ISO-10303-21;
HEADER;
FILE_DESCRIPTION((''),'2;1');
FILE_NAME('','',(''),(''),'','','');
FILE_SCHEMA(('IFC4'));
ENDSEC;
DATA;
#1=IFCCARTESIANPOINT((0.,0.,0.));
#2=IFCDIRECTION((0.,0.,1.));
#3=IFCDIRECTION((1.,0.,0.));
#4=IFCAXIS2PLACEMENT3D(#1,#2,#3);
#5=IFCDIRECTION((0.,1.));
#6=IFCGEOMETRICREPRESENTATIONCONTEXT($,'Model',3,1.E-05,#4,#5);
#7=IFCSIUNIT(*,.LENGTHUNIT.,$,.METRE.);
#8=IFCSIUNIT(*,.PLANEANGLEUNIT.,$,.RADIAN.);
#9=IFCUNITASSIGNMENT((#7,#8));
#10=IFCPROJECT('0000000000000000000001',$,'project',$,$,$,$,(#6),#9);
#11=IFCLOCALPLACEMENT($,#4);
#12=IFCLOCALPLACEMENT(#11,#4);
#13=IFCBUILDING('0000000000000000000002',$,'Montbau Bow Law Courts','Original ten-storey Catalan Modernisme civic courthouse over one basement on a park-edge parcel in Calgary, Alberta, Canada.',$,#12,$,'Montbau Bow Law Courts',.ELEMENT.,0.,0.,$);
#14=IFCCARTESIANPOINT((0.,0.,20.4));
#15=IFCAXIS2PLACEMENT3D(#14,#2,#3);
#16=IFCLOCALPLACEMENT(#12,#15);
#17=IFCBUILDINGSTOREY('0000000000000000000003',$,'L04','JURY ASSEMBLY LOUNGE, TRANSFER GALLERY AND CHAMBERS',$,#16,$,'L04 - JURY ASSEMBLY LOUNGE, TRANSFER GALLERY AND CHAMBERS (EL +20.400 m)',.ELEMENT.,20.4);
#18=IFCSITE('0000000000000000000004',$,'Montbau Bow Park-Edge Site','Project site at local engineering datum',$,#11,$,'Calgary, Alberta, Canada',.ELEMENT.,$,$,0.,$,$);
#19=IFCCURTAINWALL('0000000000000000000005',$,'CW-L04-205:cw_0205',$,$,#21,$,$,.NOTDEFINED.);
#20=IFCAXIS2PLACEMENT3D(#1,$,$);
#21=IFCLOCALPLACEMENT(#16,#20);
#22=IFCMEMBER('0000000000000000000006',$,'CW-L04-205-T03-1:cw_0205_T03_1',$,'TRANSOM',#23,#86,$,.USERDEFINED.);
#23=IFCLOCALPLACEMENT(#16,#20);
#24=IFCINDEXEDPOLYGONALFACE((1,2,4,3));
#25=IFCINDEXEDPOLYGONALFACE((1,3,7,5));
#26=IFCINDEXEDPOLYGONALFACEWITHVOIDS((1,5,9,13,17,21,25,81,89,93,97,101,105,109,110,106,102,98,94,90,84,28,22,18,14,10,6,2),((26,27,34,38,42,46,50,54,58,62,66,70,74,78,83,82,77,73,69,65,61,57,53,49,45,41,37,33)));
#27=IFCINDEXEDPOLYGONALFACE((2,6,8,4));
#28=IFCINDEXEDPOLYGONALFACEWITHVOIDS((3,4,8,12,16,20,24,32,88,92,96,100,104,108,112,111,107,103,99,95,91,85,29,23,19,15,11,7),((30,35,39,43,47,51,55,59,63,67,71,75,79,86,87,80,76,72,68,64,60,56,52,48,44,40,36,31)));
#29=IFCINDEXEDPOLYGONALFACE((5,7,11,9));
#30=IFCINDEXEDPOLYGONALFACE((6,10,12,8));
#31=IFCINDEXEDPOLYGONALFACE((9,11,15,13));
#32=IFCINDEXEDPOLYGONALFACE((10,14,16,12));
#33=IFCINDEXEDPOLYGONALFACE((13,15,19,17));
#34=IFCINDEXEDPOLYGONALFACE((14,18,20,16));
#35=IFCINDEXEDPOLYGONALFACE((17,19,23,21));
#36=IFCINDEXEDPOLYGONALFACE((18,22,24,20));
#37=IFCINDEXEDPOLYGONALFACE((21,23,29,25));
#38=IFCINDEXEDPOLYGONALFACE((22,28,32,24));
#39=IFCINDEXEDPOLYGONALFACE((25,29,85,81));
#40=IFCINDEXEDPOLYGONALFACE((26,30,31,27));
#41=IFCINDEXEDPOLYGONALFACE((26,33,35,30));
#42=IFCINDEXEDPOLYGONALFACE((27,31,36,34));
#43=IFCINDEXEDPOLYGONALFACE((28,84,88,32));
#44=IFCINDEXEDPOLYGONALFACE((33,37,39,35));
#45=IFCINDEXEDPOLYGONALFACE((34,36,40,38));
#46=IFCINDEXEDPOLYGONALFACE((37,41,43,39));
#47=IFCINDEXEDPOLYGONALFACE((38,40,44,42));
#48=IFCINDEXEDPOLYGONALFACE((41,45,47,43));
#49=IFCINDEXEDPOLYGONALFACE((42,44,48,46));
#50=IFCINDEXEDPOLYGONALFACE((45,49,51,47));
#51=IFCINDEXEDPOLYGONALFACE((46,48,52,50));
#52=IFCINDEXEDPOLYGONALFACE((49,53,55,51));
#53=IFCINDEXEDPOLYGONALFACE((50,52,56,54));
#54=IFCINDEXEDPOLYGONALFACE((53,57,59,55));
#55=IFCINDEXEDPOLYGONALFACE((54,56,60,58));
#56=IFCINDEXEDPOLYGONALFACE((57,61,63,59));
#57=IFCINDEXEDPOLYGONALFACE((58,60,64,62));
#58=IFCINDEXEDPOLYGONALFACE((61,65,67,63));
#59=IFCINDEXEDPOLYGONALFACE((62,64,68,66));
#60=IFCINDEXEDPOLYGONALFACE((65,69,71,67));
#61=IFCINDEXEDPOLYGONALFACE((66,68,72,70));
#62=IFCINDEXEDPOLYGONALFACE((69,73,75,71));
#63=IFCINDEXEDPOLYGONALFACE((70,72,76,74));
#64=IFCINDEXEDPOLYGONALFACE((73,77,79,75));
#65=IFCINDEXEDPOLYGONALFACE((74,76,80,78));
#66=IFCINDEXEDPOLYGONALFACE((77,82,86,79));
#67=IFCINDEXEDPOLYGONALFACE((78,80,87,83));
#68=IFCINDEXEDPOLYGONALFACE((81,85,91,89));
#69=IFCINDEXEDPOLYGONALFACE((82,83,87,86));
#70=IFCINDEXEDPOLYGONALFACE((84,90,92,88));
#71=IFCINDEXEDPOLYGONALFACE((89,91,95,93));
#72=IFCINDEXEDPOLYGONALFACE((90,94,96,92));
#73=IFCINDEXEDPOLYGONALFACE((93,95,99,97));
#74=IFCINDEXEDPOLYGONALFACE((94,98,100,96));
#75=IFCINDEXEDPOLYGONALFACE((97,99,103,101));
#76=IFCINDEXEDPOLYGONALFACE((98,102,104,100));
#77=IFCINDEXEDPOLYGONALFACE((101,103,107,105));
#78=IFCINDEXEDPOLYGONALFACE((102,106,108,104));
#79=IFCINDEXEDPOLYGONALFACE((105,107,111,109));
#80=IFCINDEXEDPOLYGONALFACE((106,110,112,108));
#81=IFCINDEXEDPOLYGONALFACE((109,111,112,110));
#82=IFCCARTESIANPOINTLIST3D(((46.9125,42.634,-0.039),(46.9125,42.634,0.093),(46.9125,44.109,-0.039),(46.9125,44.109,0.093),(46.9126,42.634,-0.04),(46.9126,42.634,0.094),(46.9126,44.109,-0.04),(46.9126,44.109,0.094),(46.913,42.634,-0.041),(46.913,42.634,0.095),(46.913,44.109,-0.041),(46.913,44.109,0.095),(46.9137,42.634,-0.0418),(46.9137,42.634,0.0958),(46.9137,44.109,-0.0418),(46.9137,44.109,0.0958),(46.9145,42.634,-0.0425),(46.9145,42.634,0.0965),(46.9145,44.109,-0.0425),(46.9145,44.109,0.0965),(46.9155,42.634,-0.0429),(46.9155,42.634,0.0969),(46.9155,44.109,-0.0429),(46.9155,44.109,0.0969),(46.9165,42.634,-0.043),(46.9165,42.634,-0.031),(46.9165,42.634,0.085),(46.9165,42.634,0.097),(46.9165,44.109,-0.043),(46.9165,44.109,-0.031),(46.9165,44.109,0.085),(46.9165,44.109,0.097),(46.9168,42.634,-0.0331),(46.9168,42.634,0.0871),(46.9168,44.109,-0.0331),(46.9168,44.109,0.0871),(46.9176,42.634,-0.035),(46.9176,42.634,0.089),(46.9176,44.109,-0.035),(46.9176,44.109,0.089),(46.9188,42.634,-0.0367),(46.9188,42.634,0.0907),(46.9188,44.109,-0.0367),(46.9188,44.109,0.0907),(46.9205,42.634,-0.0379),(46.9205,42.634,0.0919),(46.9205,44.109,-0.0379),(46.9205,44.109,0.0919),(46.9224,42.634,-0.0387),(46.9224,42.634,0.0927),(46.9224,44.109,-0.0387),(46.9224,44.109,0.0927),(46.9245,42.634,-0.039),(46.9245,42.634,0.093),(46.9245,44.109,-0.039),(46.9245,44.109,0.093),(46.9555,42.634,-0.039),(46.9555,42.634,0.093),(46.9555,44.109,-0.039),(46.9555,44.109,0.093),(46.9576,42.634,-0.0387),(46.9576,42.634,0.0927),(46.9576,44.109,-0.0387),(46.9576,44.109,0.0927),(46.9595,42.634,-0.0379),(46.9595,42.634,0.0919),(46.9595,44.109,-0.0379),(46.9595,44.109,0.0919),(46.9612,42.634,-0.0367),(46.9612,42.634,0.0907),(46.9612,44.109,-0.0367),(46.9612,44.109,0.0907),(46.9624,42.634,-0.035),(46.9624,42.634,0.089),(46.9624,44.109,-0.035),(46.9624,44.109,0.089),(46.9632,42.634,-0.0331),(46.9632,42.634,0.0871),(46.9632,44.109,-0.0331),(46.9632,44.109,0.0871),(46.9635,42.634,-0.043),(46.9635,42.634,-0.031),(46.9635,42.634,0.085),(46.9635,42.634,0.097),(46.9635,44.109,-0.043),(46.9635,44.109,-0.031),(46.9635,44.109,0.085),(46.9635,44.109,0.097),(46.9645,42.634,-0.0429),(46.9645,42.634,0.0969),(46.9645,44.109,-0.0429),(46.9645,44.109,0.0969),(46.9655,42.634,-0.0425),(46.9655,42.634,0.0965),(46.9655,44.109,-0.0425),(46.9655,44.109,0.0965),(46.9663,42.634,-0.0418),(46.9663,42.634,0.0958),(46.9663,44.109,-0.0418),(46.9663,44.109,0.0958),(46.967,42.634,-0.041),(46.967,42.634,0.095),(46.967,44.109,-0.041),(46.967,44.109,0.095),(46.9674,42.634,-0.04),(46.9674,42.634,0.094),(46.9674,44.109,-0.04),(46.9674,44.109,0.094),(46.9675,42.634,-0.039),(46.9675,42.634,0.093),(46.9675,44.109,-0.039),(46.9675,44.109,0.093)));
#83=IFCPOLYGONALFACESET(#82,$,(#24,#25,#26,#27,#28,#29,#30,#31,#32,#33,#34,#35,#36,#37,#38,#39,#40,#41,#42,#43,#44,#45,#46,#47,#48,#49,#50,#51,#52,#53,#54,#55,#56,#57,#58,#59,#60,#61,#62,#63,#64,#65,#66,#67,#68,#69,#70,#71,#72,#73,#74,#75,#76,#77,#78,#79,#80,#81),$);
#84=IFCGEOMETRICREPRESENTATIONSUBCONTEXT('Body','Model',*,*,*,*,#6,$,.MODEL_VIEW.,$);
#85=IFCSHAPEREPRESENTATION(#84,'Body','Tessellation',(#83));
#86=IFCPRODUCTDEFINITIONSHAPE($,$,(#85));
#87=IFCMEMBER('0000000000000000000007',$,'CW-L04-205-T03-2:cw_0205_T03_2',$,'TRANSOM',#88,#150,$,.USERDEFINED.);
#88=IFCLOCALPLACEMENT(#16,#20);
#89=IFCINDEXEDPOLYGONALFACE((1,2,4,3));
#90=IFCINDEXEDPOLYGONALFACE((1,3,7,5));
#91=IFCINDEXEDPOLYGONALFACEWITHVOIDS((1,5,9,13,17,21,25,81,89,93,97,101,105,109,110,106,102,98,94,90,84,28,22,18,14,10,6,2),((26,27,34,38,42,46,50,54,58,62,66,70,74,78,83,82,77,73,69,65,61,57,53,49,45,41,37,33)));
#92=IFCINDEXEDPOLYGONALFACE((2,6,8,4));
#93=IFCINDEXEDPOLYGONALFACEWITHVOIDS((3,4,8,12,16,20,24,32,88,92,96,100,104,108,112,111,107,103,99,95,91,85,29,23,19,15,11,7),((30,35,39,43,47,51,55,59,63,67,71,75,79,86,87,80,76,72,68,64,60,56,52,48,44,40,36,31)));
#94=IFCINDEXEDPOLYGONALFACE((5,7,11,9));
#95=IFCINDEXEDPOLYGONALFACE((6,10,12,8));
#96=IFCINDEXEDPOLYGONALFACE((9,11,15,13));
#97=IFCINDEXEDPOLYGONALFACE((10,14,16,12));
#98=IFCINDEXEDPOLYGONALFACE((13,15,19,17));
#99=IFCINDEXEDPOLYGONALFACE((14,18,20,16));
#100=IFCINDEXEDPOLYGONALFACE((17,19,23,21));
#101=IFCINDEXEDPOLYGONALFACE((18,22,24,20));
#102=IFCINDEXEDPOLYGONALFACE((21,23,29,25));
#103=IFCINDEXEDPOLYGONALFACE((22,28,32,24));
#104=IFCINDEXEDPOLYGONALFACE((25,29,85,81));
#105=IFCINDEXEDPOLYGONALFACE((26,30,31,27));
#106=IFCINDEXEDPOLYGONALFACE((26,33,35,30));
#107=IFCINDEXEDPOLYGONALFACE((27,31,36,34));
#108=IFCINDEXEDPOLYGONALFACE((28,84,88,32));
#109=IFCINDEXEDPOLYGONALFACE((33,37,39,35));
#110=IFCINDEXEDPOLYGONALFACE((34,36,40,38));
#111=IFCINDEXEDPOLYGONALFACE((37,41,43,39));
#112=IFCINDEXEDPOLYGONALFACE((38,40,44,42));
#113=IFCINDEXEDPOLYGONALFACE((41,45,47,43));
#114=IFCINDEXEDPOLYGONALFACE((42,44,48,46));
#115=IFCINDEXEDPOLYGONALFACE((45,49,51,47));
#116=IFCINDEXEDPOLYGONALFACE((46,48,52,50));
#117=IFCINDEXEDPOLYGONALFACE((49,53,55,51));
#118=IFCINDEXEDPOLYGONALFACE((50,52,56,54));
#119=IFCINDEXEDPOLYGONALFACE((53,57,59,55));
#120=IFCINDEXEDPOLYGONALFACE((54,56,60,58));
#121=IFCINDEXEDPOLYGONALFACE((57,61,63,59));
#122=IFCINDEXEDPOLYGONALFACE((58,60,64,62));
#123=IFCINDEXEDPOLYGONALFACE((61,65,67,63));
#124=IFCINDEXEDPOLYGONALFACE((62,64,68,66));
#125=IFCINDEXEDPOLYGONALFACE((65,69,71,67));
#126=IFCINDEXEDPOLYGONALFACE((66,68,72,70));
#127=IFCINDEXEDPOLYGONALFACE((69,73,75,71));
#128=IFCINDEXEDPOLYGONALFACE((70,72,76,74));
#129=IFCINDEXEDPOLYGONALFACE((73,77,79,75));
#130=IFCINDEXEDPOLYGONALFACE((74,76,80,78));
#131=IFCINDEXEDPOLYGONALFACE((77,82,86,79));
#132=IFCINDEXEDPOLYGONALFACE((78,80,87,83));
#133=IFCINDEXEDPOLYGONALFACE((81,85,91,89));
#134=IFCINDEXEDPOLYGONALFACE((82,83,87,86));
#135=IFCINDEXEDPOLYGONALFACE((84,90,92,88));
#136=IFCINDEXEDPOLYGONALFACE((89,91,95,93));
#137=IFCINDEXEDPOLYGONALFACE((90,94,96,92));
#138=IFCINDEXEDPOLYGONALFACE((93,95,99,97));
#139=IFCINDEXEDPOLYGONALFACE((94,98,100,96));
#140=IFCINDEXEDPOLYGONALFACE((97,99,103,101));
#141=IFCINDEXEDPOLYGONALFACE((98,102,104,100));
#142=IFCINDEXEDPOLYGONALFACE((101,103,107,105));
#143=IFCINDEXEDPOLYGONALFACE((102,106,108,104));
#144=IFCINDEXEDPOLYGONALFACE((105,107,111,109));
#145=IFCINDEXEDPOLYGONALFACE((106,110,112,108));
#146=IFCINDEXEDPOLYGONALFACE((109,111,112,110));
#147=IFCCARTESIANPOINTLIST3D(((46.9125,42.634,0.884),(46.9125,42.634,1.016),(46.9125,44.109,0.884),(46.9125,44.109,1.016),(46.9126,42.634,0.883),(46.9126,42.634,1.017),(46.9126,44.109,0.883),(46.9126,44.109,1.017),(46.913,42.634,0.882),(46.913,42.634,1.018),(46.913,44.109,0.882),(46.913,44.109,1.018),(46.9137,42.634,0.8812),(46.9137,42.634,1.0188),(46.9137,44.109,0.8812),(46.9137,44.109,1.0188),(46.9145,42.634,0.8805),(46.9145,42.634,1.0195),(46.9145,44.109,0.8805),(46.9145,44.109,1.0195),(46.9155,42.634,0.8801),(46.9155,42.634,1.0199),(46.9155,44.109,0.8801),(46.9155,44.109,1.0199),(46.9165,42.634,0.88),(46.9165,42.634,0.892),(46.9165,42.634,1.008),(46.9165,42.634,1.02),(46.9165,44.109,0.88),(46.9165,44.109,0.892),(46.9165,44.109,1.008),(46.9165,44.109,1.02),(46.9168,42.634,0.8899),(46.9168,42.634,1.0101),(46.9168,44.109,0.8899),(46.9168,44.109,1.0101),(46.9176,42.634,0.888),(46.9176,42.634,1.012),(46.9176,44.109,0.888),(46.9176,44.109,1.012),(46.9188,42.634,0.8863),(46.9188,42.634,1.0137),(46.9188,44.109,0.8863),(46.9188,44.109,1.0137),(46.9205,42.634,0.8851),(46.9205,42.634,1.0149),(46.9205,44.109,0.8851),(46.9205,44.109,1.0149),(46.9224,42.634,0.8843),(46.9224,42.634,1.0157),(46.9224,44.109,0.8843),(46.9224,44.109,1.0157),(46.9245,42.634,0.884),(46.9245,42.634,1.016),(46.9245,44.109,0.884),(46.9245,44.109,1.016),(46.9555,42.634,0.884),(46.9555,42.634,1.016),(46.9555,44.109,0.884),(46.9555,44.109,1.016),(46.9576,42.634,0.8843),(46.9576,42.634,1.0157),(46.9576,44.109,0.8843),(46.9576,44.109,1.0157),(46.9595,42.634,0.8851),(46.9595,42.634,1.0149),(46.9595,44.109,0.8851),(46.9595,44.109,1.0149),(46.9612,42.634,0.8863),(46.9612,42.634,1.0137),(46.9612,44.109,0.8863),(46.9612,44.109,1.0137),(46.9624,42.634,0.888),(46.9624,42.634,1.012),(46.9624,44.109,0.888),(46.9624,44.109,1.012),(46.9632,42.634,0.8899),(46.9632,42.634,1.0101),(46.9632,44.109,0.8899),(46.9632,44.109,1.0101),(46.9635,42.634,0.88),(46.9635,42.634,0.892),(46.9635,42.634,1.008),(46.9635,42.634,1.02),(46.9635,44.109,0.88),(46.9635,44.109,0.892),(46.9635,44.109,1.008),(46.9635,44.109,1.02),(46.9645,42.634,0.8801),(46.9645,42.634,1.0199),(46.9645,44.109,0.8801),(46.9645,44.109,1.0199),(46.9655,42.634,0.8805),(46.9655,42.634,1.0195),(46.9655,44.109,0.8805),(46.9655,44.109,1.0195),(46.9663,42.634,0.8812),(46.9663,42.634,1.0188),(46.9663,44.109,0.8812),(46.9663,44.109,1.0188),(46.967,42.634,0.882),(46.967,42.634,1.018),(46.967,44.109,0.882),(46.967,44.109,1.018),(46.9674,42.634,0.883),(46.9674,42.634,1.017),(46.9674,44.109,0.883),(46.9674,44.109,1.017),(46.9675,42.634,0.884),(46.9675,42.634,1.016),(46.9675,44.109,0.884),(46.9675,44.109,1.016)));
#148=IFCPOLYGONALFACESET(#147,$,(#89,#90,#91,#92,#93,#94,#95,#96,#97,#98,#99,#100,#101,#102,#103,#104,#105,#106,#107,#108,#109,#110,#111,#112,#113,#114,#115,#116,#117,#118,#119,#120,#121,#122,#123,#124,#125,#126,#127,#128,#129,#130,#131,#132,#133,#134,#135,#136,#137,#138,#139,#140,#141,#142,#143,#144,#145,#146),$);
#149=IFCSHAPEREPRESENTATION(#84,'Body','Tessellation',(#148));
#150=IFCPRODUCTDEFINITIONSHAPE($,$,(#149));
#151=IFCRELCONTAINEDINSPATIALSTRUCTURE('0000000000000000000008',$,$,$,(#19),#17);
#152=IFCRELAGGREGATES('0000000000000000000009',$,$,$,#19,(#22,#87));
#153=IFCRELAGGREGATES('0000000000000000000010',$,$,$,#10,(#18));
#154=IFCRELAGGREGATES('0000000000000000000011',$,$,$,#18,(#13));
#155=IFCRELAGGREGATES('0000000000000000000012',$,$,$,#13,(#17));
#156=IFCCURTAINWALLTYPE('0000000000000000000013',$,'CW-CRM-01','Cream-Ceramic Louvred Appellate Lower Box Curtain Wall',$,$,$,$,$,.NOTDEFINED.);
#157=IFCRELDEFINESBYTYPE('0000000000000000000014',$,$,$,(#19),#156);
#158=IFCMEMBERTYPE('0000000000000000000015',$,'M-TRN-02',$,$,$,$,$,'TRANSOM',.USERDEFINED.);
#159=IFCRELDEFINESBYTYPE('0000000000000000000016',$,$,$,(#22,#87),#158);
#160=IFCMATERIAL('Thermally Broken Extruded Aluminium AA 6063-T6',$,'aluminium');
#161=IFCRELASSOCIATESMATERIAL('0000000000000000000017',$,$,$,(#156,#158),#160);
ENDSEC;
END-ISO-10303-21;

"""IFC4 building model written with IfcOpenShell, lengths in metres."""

from ifc_helpers import new_model, si_unit, direction, frame, origin_with_axes, origin_2d_with_axis, place, context, subcontext, project, spatial, hollow_rectangle, extrude, material, material_profile, profile_set, type_object, element, aggregate, save


model = new_model("IFC4")

# Units and contexts
model_context = context("Model", 3, precision=1e-05, world=origin_with_axes(), true_north=direction((0.0, 1.0)))
body_context = subcontext(model_context, "Body", "Model", "MODEL_VIEW")
ifc_project = project(units=[si_unit("LENGTHUNIT", "METRE"), si_unit("PLANEANGLEUNIT", "RADIAN")], contexts=[model_context])

# Site, building, storey
site_placement = place(None, origin_with_axes())
site = spatial("IfcSite", under=ifc_project, at=site_placement, Name="Montbau Bow Park-Edge Site", Description="Project site at local engineering datum", LongName="Calgary, Alberta, Canada", CompositionType="ELEMENT", RefElevation=0.0)
building_placement = place(site_placement, origin_with_axes())
building = spatial("IfcBuilding", under=site, at=building_placement, Name="Montbau Bow Law Courts", Description="Original ten-storey Catalan Modernisme civic courthouse over one basement on a park-edge parcel in Calgary, Alberta, Canada.", LongName="Montbau Bow Law Courts", CompositionType="ELEMENT", ElevationOfRefHeight=0.0, ElevationOfTerrain=0.0)
storey_placement = place(building_placement, frame((0.0, 0.0, 20.4), z_axis=(0.0, 0.0, 1.0), x_axis=(1.0, 0.0, 0.0)))
storey = spatial("IfcBuildingStorey", under=building, at=storey_placement, Name="L04", Description="JURY ASSEMBLY LOUNGE, TRANSFER GALLERY AND CHAMBERS", LongName="L04 - JURY ASSEMBLY LOUNGE, TRANSFER GALLERY AND CHAMBERS (EL +20.400 m)", CompositionType="ELEMENT", Elevation=20.4)

# Curtain wall
ifc_material_1 = material(Name="Thermally Broken Extruded Aluminium AA 6063-T6", Category="aluminium")
curtain_wall_type = type_object("IfcCurtainWallType", Name="CW-CRM-01", Description="Cream-Ceramic Louvred Appellate Lower Box Curtain Wall", PredefinedType="NOTDEFINED", material=ifc_material_1)
curtain_wall_1_placement = place(None, frame((46.94, 39.515, 20.4), z_axis=(0.0, 0.0, 1.0), x_axis=(1.0, 0.0, 0.0)))
curtain_wall_1 = element("IfcCurtainWall", 1, at=curtain_wall_1_placement, inside=storey, type_object=curtain_wall_type, Name="CW-L04-205:cw_0205", PredefinedType="NOTDEFINED")

# Members
ifc_material_profile_1 = material_profile(ifc_material_1, hollow_rectangle(XDim=0.055, YDim=0.14, WallThickness=0.004, InnerFilletRadius=0.008, OuterFilletRadius=0.004, at=origin_2d_with_axis()), Name="CWT-140X55", Category="Main", Priority=0)
ifc_profile_set_1 = profile_set([ifc_material_profile_1], Name="Thermally Broken Extruded Aluminium AA 6063-T6")
member_type_1 = type_object("IfcMemberType", Name="M-TRN-02", ElementType="TRANSOM", PredefinedType="USERDEFINED", material=ifc_profile_set_1)
member_1_placement = place(None, frame((46.94, 42.634, 20.427), z_axis=(0.0, 1.0, 0.0), x_axis=(-1.0, 0.0, 0.0)))
member_1 = element("IfcMember", 2, at=member_1_placement, type_object=member_type_1, Name="CW-L04-205-T03-1:cw_0205_T03_1", ObjectType="TRANSOM", PredefinedType="USERDEFINED", context=body_context, shape_type="SweptSolid", body=[
    extrude(hollow_rectangle(XDim=0.055, YDim=0.14, WallThickness=0.004, InnerFilletRadius=0.008, OuterFilletRadius=0.004, at=origin_2d_with_axis()), origin_with_axes(), (0.0, 0.0, 1.0), 1.475),
])
member_2_placement = place(None, frame((46.94, 42.634, 21.35), z_axis=(0.0, 1.0, 0.0), x_axis=(-1.0, 0.0, 0.0)))
member_2 = element("IfcMember", 3, at=member_2_placement, type_object=member_type_1, Name="CW-L04-205-T03-2:cw_0205_T03_2", ObjectType="TRANSOM", PredefinedType="USERDEFINED", context=body_context, shape_type="SweptSolid", body=[
    extrude(hollow_rectangle(XDim=0.055, YDim=0.14, WallThickness=0.004, InnerFilletRadius=0.008, OuterFilletRadius=0.004, at=origin_2d_with_axis()), origin_with_axes(), (0.0, 0.0, 1.0), 1.475),
])

aggregate(curtain_wall_1, [member_1, member_2])

save(model, "model.ifc")
